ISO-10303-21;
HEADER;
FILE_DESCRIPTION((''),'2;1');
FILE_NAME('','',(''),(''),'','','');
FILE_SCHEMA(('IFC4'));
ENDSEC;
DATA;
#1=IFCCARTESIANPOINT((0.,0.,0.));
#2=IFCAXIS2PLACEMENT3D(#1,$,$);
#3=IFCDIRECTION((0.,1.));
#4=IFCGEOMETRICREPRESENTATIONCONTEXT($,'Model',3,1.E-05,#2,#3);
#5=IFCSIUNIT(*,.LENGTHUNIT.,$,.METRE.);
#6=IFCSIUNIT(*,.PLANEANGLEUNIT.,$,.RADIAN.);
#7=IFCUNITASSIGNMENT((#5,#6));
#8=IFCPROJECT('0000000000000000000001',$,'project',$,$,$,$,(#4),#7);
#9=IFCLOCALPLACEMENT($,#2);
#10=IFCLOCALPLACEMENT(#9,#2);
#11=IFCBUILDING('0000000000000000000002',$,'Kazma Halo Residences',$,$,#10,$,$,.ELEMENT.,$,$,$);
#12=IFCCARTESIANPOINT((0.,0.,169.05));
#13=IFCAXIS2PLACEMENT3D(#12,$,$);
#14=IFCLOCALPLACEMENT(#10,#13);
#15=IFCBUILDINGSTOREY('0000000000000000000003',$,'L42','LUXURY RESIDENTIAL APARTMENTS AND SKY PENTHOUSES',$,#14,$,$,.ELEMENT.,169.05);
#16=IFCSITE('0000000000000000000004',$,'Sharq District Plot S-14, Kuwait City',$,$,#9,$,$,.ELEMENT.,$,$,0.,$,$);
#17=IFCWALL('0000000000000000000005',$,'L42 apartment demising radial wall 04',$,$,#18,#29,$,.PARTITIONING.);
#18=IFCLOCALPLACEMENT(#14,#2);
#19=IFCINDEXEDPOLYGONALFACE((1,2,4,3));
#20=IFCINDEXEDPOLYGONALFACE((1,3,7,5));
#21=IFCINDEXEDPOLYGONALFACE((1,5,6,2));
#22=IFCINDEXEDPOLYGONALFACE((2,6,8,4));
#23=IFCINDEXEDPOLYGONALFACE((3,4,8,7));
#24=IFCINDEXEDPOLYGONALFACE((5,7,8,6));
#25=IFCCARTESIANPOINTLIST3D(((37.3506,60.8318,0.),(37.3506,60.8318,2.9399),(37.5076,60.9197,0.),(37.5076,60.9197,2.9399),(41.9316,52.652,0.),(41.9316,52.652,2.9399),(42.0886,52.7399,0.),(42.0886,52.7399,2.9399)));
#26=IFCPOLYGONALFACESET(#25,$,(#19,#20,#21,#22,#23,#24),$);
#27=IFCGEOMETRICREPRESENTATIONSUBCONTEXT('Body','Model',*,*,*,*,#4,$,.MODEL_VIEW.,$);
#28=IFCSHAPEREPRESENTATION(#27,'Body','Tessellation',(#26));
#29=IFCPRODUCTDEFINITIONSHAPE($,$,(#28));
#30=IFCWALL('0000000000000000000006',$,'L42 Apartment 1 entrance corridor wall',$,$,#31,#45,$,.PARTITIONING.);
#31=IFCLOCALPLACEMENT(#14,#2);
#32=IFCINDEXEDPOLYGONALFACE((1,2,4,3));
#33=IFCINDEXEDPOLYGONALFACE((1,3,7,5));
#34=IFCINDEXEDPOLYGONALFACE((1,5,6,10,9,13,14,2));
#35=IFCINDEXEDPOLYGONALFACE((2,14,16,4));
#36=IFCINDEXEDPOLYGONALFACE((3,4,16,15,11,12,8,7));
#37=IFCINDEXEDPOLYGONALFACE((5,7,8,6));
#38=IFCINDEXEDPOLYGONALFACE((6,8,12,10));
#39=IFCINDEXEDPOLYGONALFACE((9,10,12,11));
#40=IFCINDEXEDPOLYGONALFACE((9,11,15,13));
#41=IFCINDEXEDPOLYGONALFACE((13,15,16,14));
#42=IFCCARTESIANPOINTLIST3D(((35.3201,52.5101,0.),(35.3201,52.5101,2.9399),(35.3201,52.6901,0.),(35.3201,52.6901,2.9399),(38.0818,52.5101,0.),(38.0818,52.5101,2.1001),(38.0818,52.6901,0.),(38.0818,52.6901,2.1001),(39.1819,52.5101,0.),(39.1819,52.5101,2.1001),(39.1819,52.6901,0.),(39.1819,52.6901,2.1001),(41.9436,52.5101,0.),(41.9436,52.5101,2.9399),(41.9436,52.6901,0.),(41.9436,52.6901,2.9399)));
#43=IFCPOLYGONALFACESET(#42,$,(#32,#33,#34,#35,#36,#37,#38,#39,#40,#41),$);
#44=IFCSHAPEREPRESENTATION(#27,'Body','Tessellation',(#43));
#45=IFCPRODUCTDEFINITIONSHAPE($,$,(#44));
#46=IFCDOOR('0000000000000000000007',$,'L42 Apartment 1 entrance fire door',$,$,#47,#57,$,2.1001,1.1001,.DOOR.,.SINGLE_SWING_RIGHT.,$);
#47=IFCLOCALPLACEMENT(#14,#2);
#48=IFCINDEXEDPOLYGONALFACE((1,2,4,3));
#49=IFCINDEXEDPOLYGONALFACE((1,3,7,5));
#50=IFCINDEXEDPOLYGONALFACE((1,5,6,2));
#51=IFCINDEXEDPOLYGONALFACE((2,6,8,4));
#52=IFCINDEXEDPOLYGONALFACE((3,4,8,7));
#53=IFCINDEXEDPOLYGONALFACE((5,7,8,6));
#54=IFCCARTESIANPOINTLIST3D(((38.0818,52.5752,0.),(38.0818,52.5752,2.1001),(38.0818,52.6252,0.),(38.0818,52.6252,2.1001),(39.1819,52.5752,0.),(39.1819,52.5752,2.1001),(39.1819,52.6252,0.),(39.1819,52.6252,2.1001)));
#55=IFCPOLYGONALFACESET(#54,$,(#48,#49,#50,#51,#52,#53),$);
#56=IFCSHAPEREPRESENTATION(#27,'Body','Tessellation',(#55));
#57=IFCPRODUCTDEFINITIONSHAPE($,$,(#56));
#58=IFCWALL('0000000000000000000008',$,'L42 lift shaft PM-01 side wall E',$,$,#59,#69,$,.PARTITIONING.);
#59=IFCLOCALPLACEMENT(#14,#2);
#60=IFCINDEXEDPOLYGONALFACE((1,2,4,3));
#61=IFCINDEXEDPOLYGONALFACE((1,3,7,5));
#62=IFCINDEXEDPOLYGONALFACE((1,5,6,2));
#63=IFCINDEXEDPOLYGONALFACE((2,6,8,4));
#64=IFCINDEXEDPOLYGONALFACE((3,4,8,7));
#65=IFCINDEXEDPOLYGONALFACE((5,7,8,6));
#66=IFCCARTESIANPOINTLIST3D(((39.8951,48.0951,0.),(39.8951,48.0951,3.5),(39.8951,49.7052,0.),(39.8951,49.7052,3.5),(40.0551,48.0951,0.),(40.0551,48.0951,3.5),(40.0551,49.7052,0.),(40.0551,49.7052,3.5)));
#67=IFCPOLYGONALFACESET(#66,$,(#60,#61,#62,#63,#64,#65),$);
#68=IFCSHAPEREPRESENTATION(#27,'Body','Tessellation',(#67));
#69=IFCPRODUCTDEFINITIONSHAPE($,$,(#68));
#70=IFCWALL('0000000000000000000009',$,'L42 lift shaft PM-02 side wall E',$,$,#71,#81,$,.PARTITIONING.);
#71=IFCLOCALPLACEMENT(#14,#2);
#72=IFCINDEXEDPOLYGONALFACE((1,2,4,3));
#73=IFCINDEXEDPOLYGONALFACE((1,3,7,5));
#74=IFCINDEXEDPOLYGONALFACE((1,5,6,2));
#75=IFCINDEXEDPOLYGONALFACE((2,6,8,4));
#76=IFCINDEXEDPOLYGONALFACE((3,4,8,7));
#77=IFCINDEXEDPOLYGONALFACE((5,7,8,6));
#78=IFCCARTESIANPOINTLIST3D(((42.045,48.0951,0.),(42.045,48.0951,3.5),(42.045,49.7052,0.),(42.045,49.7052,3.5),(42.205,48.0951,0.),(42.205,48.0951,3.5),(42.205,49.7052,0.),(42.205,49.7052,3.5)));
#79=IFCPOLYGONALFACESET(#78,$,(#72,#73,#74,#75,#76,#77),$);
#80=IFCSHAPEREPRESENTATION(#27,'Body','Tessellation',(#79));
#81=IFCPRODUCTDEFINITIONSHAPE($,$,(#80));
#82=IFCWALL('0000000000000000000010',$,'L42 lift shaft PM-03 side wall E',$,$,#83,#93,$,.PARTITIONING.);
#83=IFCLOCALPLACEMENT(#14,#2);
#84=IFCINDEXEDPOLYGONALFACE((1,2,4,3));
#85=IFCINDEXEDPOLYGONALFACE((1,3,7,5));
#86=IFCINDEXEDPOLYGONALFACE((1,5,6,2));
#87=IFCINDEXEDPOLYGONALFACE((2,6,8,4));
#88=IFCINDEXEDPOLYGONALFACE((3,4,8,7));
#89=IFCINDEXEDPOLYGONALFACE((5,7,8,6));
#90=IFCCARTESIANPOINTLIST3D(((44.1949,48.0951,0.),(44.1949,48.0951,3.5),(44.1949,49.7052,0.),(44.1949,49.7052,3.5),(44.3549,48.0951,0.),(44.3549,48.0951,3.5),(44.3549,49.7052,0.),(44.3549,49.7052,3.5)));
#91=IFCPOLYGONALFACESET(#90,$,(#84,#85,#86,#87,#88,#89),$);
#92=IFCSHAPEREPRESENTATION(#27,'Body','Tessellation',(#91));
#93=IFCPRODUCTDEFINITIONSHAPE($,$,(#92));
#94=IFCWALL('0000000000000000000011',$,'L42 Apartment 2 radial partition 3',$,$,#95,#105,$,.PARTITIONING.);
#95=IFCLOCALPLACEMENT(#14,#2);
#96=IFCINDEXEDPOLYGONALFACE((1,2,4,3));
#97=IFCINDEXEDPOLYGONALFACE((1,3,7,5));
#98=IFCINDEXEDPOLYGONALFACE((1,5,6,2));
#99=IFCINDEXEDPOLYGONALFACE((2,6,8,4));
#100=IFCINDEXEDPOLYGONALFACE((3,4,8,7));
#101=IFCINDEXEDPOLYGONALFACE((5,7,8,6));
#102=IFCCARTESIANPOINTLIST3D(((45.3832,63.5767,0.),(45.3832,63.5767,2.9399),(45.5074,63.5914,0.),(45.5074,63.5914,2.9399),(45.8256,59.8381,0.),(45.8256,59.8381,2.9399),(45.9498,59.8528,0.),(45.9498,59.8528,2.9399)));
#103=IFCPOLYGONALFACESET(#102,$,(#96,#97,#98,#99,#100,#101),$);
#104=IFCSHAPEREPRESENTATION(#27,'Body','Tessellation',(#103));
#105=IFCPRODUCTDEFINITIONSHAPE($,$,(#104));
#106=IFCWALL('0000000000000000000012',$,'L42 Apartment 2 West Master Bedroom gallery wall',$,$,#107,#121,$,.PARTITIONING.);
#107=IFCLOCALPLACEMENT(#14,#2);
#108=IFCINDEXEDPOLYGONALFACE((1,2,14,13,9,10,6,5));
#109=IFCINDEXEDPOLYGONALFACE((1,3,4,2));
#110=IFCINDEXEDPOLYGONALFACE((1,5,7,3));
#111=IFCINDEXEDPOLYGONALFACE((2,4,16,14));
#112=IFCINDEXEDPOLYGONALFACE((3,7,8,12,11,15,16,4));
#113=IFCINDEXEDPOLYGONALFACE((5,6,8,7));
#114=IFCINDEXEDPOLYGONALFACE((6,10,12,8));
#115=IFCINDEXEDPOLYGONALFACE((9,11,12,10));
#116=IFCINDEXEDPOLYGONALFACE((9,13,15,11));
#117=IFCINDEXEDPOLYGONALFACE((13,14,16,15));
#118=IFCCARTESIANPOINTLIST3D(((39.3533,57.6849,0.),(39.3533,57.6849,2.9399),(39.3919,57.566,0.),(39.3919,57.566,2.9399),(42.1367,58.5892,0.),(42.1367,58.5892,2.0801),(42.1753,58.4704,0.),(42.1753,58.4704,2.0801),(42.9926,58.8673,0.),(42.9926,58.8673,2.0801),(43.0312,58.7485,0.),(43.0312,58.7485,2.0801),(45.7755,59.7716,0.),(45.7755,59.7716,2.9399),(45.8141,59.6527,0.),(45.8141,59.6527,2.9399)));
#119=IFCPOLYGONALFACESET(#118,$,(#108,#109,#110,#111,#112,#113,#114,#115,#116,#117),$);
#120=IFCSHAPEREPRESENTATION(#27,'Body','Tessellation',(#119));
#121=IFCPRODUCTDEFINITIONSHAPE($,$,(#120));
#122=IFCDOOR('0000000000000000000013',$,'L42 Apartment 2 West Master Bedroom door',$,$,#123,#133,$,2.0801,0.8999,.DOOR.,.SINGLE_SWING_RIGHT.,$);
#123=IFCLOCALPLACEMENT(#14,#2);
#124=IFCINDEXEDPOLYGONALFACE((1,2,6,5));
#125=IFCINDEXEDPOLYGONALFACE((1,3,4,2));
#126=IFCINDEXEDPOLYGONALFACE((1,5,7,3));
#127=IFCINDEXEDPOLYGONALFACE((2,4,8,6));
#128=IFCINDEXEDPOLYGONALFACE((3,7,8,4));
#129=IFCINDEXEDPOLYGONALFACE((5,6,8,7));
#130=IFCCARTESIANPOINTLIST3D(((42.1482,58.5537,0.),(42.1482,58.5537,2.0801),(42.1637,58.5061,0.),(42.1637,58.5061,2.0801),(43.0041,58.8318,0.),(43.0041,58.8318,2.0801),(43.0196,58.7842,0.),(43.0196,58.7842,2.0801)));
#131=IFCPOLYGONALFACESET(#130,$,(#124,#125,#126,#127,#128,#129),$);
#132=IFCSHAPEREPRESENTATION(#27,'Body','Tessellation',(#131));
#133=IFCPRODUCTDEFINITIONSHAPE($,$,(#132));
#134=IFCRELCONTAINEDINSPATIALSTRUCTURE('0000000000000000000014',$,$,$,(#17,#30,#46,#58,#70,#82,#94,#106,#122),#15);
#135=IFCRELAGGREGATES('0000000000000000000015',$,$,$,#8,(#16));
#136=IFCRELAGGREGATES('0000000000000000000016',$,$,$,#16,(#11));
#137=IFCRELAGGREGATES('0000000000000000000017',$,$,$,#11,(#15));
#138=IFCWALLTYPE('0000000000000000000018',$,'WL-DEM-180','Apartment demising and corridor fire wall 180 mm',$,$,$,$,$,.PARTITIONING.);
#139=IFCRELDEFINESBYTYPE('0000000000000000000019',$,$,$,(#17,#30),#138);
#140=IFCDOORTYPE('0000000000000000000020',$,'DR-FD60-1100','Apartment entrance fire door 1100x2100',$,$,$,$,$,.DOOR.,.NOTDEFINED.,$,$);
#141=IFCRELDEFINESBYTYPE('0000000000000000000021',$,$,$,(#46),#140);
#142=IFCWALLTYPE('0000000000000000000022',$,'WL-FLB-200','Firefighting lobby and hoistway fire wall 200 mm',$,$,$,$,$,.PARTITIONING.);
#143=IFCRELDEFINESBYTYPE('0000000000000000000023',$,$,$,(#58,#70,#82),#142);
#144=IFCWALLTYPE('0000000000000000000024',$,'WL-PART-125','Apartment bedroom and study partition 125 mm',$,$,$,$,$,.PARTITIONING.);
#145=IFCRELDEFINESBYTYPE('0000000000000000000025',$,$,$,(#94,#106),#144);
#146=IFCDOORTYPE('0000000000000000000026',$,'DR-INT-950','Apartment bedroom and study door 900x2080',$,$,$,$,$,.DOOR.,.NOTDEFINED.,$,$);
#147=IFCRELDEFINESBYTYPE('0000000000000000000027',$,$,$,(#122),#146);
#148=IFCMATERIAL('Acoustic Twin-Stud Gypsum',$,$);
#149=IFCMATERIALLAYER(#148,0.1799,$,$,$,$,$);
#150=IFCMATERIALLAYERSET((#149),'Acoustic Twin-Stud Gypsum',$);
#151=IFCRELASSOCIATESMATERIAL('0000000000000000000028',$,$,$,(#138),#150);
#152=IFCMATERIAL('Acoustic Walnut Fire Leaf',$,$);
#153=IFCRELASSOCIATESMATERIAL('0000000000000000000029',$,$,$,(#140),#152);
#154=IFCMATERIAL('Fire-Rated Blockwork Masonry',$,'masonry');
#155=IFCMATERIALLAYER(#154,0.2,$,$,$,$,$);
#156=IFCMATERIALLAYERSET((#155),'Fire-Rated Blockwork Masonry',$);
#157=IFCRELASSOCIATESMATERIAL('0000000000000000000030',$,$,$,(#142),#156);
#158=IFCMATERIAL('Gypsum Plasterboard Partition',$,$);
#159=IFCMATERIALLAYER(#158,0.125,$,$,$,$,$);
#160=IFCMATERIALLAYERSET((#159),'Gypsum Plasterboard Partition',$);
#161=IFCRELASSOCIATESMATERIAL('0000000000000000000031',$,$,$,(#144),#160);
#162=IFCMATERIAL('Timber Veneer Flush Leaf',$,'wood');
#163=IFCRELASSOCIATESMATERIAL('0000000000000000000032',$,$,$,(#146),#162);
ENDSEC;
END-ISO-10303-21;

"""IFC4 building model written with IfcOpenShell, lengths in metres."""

from ifc_helpers import new_model, si_unit, direction, frame, frame_2d, origin, place, context, subcontext, project, spatial, rectangle, extrude, material, layer, layer_set, type_object, element, fill, save


model = new_model("IFC4")

# Units and contexts
model_context = context("Model", 3, precision=1e-05, world=origin(), true_north=direction((0.0, 1.0)))
body_context = subcontext(model_context, "Body", "Model", "MODEL_VIEW")
ifc_project = project(units=[si_unit("LENGTHUNIT", "METRE"), si_unit("PLANEANGLEUNIT", "RADIAN")], contexts=[model_context])

# Site, building, storey
site_placement = place(None, origin())
site = spatial("IfcSite", under=ifc_project, at=site_placement, Name="Sharq District Plot S-14, Kuwait City", CompositionType="ELEMENT", RefElevation=0.0)
building_placement = place(site_placement, origin())
building = spatial("IfcBuilding", under=site, at=building_placement, Name="Kazma Halo Residences", CompositionType="ELEMENT")
storey_placement = place(building_placement, frame((0.0, 0.0, 169.05)))
storey = spatial("IfcBuildingStorey", under=building, at=storey_placement, Name="L42", Description="LUXURY RESIDENTIAL APARTMENTS AND SKY PENTHOUSES", CompositionType="ELEMENT", Elevation=169.05)

# Wall
ifc_material_1 = material(Name="Acoustic Twin-Stud Gypsum")
ifc_layer_1 = layer(ifc_material_1, 0.1799)
ifc_layer_set_1 = layer_set([ifc_layer_1], Name="Acoustic Twin-Stud Gypsum")
wall_type_1 = type_object("IfcWallType", Name="WL-DEM-180", Description="Apartment demising and corridor fire wall 180 mm", PredefinedType="PARTITIONING", material=ifc_layer_set_1)
wall_1_placement = place(storey_placement, frame((42.01, 52.696, 0.0), z_axis=(0.0, 0.0, 1.0), x_axis=(-0.488627, 0.872493, 0.0)))
element("IfcWall", 1, at=wall_1_placement, inside=storey, type_object=wall_type_1, Name="L42 apartment demising radial wall 04", PredefinedType="PARTITIONING", context=body_context, shape_type="SweptSolid", body=[
    extrude(rectangle(XDim=9.3752, YDim=0.1799, at=frame_2d((4.6875, 0.0))), origin(), (0.0, 0.0, 1.0), 2.9399),
])

# Wall, opening, door
wall_2_placement = place(storey_placement, frame((41.9436, 52.6001, 0.0), z_axis=(0.0, 0.0, 1.0), x_axis=(-1.0, 0.0, 0.0)))
wall_2 = element("IfcWall", 2, at=wall_2_placement, inside=storey, type_object=wall_type_1, Name="L42 Apartment 1 entrance corridor wall", PredefinedType="PARTITIONING", context=body_context, shape_type="SweptSolid", body=[
    extrude(rectangle(XDim=6.6235, YDim=0.1799, at=frame_2d((3.3118, 0.0))), origin(), (0.0, 0.0, 1.0), 2.9399),
])
opening_1_placement = place(wall_2_placement, frame((2.7617, 0.0, 0.0)))
opening_1 = element("IfcOpeningElement", 3, at=opening_1_placement, cuts=wall_2, PredefinedType="OPENING", context=body_context, shape_type="SweptSolid", body=[
    extrude(rectangle(XDim=1.1001, YDim=2.1001, at=frame_2d((0.55, 1.05))), frame((0.0, 0.0999, 0.0), z_axis=(0.0, -1.0, 0.0), x_axis=(1.0, 0.0, 0.0)), (0.0, 0.0, 1.0), 0.2),
])
ifc_material_2 = material(Name="Acoustic Walnut Fire Leaf")
door_type_1 = type_object("IfcDoorType", Name="DR-FD60-1100", Description="Apartment entrance fire door 1100x2100", OperationType="NOTDEFINED", PredefinedType="DOOR", material=ifc_material_2)
door_1_placement = place(opening_1_placement, origin())
door_1 = element("IfcDoor", 4, at=door_1_placement, inside=storey, type_object=door_type_1, Name="L42 Apartment 1 entrance fire door", OperationType="SINGLE_SWING_RIGHT", OverallHeight=2.1001, OverallWidth=1.1001, PredefinedType="DOOR", context=body_context, shape_type="SweptSolid", body=[
    extrude(rectangle(XDim=1.1001, YDim=2.1001, at=frame_2d((0.55, 1.05))), frame((0.0, 0.0249, 0.0), z_axis=(0.0, -1.0, 0.0), x_axis=(1.0, 0.0, 0.0)), (0.0, 0.0, 1.0), 0.05),
])
fill(opening_1, door_1)

# Walls
ifc_material_3 = material(Name="Fire-Rated Blockwork Masonry", Category="masonry")
ifc_layer_2 = layer(ifc_material_3, 0.2)
ifc_layer_set_2 = layer_set([ifc_layer_2], Name="Fire-Rated Blockwork Masonry")
wall_type_2 = type_object("IfcWallType", Name="WL-FLB-200", Description="Firefighting lobby and hoistway fire wall 200 mm", PredefinedType="PARTITIONING", material=ifc_layer_set_2)
for number, where, z_axis, x_axis, name in (
    (5, (39.9751, 48.095, 0.0), (0.0, 0.0, 1.0), (0.0, 1.0, 0.0), "L42 lift shaft PM-01 side wall E"),
    (6, (42.125, 48.095, 0.0), (0.0, 0.0, 1.0), (0.0, 1.0, 0.0), "L42 lift shaft PM-02 side wall E"),
    (7, (44.2749, 48.095, 0.0), (0.0, 0.0, 1.0), (0.0, 1.0, 0.0), "L42 lift shaft PM-03 side wall E"),
):
    element("IfcWall", number, at=place(storey_placement, frame(where, z_axis=z_axis, x_axis=x_axis)), inside=storey, type_object=wall_type_2, Name=name, PredefinedType="PARTITIONING", context=body_context, shape_type="SweptSolid", body=[
        extrude(rectangle(XDim=1.6101, YDim=0.1599, at=frame_2d((0.8052, 0.0))), origin(), (0.0, 0.0, 1.0), 3.5),
    ])
ifc_material_4 = material(Name="Gypsum Plasterboard Partition")
ifc_layer_3 = layer(ifc_material_4, 0.125)
ifc_layer_set_3 = layer_set([ifc_layer_3], Name="Gypsum Plasterboard Partition")
wall_type_3 = type_object("IfcWallType", Name="WL-PART-125", Description="Apartment bedroom and study partition 125 mm", PredefinedType="PARTITIONING", material=ifc_layer_set_3)
wall_3_placement = place(storey_placement, frame((45.8877, 59.8455, 0.0), z_axis=(0.0, 0.0, 1.0), x_axis=(-0.117511, 0.993072, 0.0)))
element("IfcWall", 8, at=wall_3_placement, inside=storey, type_object=wall_type_3, Name="L42 Apartment 2 radial partition 3", PredefinedType="PARTITIONING", context=body_context, shape_type="SweptSolid", body=[
    extrude(rectangle(XDim=3.7646, YDim=0.125, at=frame_2d((1.8823, 0.0))), origin(), (0.0, 0.0, 1.0), 2.9399),
])

# Wall, opening, door
wall_4_placement = place(storey_placement, frame((45.7949, 59.7122, 0.0), z_axis=(0.0, 0.0, 1.0), x_axis=(-0.951057, -0.309017, 0.0)))
wall_4 = element("IfcWall", 9, at=wall_4_placement, inside=storey, type_object=wall_type_3, Name="L42 Apartment 2 West Master Bedroom gallery wall", PredefinedType="PARTITIONING", context=body_context, shape_type="SweptSolid", body=[
    extrude(rectangle(XDim=6.7527, YDim=0.125, at=frame_2d((3.3765, 0.0))), origin(), (0.0, 0.0, 1.0), 2.9399),
])
opening_2_placement = place(wall_4_placement, frame((2.9263, 0.0, 0.0)))
opening_2 = element("IfcOpeningElement", 10, at=opening_2_placement, cuts=wall_4, PredefinedType="OPENING", context=body_context, shape_type="SweptSolid", body=[
    extrude(rectangle(XDim=0.8999, YDim=2.0801, at=frame_2d((0.45, 1.04))), frame((0.0, 0.0725, 0.0), z_axis=(0.0, -1.0, 0.0), x_axis=(1.0, 0.0, 0.0)), (0.0, 0.0, 1.0), 0.145),
])
ifc_material_5 = material(Name="Timber Veneer Flush Leaf", Category="wood")
door_type_2 = type_object("IfcDoorType", Name="DR-INT-950", Description="Apartment bedroom and study door 900x2080", OperationType="NOTDEFINED", PredefinedType="DOOR", material=ifc_material_5)
door_2_placement = place(opening_2_placement, origin())
door_2 = element("IfcDoor", 11, at=door_2_placement, inside=storey, type_object=door_type_2, Name="L42 Apartment 2 West Master Bedroom door", OperationType="SINGLE_SWING_RIGHT", OverallHeight=2.0801, OverallWidth=0.8999, PredefinedType="DOOR", context=body_context, shape_type="SweptSolid", body=[
    extrude(rectangle(XDim=0.8999, YDim=2.0801, at=frame_2d((0.45, 1.04))), frame((0.0, 0.0249, 0.0), z_axis=(0.0, -1.0, 0.0), x_axis=(1.0, 0.0, 0.0)), (0.0, 0.0, 1.0), 0.05),
])
fill(opening_2, door_2)

save(model, "model.ifc")
